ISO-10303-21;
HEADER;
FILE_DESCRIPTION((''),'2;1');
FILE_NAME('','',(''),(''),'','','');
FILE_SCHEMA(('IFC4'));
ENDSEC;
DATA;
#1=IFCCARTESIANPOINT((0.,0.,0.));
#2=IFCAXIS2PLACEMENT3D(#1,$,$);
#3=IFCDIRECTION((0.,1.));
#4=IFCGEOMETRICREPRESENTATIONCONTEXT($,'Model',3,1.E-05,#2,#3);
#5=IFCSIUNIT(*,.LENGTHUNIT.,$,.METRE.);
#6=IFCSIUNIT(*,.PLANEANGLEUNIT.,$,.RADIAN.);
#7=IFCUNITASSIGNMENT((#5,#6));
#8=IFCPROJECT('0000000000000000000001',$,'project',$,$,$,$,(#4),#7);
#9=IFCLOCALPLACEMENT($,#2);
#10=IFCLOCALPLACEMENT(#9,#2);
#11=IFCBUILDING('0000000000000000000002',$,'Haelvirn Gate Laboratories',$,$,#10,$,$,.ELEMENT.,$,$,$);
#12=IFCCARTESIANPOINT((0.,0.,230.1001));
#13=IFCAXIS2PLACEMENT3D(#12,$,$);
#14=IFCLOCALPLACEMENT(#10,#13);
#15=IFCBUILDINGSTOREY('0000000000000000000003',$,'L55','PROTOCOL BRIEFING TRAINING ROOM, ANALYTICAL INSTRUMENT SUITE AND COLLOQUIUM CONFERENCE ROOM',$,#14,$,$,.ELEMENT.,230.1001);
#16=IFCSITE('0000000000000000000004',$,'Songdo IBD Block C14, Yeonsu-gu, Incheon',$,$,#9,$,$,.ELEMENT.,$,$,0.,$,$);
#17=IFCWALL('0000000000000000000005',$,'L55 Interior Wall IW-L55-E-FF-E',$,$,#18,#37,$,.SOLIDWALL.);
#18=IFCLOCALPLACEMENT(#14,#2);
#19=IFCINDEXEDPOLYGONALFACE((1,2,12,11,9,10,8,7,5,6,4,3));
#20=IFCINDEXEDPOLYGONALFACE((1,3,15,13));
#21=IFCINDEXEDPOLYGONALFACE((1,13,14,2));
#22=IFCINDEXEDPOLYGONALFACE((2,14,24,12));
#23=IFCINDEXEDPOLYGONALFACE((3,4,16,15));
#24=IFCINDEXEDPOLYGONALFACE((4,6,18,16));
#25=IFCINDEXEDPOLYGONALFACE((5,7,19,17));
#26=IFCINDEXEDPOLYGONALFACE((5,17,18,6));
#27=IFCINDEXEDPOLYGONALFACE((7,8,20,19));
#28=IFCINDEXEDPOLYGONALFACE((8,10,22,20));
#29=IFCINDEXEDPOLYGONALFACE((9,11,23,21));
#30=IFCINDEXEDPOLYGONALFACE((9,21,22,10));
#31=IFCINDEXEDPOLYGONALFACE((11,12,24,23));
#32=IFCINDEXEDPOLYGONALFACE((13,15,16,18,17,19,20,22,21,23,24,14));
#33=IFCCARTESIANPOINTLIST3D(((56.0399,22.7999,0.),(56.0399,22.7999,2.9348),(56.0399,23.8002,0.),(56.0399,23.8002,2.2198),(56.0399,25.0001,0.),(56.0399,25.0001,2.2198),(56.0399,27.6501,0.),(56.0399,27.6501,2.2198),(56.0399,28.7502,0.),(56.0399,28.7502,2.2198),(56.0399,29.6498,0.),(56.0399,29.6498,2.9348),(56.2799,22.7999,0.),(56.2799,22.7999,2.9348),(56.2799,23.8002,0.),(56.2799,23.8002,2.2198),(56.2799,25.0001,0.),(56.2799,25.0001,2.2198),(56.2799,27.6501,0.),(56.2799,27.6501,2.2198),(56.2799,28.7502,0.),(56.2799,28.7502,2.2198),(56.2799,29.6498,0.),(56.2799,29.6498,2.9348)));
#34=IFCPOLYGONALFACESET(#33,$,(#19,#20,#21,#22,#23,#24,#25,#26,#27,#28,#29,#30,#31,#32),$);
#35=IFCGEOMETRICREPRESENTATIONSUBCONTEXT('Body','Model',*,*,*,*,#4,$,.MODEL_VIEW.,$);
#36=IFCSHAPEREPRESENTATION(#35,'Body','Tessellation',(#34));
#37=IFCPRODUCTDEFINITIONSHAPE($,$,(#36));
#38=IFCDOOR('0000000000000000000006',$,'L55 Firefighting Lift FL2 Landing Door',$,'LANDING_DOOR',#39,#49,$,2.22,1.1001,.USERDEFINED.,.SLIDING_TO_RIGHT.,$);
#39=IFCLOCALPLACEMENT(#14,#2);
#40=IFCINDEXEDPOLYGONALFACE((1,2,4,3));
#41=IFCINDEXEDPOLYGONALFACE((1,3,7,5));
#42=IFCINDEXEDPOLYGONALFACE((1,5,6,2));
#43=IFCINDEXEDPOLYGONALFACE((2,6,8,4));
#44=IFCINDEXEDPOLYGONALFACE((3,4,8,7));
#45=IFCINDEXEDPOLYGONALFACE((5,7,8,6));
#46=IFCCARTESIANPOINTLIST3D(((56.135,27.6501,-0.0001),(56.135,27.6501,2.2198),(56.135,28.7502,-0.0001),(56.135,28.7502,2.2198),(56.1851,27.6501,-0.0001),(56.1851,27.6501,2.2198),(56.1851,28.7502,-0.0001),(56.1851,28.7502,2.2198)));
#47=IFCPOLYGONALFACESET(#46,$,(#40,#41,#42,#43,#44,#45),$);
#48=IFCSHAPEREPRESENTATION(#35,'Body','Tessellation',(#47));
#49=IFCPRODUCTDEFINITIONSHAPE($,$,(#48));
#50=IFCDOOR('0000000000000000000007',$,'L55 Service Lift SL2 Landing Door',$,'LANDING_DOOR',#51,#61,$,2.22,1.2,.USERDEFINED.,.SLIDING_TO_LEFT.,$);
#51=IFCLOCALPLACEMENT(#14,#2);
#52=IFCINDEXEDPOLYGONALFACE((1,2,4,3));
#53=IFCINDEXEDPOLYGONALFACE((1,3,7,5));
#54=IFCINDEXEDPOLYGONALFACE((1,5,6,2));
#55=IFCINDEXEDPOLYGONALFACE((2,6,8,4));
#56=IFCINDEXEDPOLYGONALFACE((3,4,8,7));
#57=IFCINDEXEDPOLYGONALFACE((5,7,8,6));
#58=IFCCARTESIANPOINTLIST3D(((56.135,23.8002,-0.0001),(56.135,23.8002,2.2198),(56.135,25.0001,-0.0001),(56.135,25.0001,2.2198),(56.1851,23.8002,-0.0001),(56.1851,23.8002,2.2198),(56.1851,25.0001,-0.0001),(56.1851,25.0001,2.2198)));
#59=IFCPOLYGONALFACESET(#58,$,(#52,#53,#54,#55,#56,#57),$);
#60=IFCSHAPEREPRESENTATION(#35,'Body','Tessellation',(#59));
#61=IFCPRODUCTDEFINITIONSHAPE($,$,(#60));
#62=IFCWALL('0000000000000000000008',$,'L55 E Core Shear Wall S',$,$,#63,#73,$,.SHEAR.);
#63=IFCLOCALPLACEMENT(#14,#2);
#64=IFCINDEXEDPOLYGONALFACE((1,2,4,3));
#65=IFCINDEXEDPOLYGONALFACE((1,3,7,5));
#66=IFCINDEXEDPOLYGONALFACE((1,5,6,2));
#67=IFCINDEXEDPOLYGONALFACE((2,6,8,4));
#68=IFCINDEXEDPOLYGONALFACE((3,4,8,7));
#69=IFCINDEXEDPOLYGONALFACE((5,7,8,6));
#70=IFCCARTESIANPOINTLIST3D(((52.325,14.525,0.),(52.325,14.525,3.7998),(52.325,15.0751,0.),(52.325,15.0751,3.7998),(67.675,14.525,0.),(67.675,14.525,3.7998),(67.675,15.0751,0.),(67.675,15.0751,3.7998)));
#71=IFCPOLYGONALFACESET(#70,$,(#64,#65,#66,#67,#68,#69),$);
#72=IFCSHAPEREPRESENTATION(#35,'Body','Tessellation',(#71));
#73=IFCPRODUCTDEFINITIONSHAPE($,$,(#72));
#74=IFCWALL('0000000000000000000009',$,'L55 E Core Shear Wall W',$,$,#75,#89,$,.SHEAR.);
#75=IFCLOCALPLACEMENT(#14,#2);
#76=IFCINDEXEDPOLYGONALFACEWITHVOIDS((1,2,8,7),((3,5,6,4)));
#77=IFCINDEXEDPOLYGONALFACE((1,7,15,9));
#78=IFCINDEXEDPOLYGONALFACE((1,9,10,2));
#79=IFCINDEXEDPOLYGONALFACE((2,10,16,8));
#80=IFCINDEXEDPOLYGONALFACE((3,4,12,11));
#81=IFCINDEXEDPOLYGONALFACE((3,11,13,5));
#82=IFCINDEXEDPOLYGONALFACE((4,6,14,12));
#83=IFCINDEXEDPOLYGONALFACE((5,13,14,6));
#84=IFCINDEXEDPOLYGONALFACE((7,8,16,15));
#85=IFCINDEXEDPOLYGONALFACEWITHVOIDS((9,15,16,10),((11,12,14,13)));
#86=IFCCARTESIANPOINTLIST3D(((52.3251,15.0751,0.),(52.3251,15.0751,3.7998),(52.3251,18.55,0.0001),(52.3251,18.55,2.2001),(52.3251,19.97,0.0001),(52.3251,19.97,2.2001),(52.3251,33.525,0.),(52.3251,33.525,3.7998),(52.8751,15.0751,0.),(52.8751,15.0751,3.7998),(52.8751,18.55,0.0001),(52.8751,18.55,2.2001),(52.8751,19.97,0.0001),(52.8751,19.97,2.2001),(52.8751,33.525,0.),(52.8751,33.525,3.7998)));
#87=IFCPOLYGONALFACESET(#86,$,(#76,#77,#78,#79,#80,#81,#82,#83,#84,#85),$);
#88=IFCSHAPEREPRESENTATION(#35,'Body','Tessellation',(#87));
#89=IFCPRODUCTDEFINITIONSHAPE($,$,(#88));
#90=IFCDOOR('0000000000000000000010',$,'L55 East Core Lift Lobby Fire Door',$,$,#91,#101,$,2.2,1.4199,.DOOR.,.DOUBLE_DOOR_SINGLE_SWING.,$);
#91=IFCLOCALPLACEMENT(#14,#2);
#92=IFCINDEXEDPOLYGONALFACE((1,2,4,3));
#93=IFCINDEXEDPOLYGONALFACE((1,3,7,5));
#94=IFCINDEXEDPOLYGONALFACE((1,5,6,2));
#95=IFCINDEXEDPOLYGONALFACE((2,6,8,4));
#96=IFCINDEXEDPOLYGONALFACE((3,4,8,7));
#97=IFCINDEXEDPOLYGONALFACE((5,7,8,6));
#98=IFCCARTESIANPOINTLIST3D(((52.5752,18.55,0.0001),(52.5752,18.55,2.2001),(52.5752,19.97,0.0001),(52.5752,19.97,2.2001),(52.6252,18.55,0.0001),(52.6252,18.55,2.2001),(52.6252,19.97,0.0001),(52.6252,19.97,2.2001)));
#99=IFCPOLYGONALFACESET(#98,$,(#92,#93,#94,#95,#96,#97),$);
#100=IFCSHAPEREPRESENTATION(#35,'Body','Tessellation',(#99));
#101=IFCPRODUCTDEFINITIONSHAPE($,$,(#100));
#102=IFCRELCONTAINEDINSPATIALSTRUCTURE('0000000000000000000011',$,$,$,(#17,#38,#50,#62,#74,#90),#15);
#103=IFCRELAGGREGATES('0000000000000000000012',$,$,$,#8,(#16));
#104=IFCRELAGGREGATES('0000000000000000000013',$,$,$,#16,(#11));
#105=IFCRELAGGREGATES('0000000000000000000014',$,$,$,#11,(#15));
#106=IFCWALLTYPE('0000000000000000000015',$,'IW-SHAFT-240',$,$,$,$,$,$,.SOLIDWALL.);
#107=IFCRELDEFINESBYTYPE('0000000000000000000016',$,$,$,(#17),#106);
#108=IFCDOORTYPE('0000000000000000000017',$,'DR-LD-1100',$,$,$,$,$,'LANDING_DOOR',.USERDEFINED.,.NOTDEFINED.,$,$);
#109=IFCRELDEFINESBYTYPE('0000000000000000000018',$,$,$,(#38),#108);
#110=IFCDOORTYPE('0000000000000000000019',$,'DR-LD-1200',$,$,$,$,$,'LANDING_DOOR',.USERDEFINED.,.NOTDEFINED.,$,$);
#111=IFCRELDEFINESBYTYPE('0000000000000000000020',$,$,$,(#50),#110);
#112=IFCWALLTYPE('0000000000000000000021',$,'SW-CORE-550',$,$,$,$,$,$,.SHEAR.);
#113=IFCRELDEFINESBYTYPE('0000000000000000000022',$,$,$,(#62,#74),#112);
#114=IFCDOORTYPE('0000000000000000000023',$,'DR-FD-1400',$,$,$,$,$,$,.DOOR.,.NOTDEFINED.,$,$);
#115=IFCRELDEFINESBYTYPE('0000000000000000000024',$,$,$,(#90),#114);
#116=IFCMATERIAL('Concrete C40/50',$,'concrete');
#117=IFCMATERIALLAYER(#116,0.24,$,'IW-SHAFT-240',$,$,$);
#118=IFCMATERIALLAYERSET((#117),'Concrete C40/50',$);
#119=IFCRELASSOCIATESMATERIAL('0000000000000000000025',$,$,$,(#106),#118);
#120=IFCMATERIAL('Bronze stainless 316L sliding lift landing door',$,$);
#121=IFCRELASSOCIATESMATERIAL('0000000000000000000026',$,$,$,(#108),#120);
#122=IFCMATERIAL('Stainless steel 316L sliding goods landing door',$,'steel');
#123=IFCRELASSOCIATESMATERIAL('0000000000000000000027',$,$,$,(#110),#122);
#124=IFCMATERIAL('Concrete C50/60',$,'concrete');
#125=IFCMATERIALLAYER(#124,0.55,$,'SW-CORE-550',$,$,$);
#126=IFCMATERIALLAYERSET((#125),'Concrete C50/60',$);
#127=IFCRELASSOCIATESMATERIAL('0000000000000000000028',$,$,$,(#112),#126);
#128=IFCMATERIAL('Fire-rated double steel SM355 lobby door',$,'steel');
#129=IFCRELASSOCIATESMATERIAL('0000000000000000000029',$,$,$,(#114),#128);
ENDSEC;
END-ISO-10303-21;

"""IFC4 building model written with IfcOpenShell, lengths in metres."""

from ifc_helpers import new_model, si_unit, direction, frame, frame_2d, origin, place, context, subcontext, project, spatial, rectangle, extrude, source, transform, mapped, material, layer, layer_set, type_object, type_shapes, element, fill, save


model = new_model("IFC4")

# Units and contexts
model_context = context("Model", 3, precision=1e-05, world=origin(), true_north=direction((0.0, 1.0)))
body_context = subcontext(model_context, "Body", "Model", "MODEL_VIEW")
ifc_project = project(units=[si_unit("LENGTHUNIT", "METRE"), si_unit("PLANEANGLEUNIT", "RADIAN")], contexts=[model_context])

# Site, building, storey
site_placement = place(None, origin())
site = spatial("IfcSite", under=ifc_project, at=site_placement, Name="Songdo IBD Block C14, Yeonsu-gu, Incheon", CompositionType="ELEMENT", RefElevation=0.0)
building_placement = place(site_placement, origin())
building = spatial("IfcBuilding", under=site, at=building_placement, Name="Haelvirn Gate Laboratories", CompositionType="ELEMENT")
storey_placement = place(building_placement, frame((0.0, 0.0, 230.1001)))
storey = spatial("IfcBuildingStorey", under=building, at=storey_placement, Name="L55", Description="PROTOCOL BRIEFING TRAINING ROOM, ANALYTICAL INSTRUMENT SUITE AND COLLOQUIUM CONFERENCE ROOM", CompositionType="ELEMENT", Elevation=230.1001)

# Shared definitions
ifc_material_1 = material(Name="Concrete C50/60", Category="concrete")

# Shared definitions
ifc_material_2 = material(Name="Concrete C40/50", Category="concrete")

# Wall, openings, doors
ifc_layer_1 = layer(ifc_material_2, 0.24, Name="IW-SHAFT-240")
ifc_layer_set_1 = layer_set([ifc_layer_1], Name="Concrete C40/50")
wall_type_1 = type_object("IfcWallType", Name="IW-SHAFT-240", PredefinedType="SOLIDWALL", material=ifc_layer_set_1)
wall_1_placement = place(storey_placement, frame((56.1599, 22.8, 0.0), z_axis=(0.0, 0.0, 1.0), x_axis=(0.0, 1.0, 0.0)))
wall_1 = element("IfcWall", 1, at=wall_1_placement, inside=storey, type_object=wall_type_1, Name="L55 Interior Wall IW-L55-E-FF-E", PredefinedType="SOLIDWALL", context=body_context, shape_type="SweptSolid", body=[
    extrude(rectangle(XDim=6.8499, YDim=0.24, at=frame_2d((3.4248, 0.0))), origin(), (0.0, 0.0, 1.0), 2.9348),
])
opening_1_placement = place(wall_1_placement, frame((4.8501, 0.0, 0.0)))
opening_1 = element("IfcOpeningElement", 2, at=opening_1_placement, cuts=wall_1, PredefinedType="OPENING", context=body_context, shape_type="SweptSolid", body=[
    extrude(rectangle(XDim=1.1001, YDim=2.22, at=frame_2d((0.55, 1.1099))), frame((0.0, 0.1299, 0.0), z_axis=(0.0, -1.0, 0.0), x_axis=(1.0, 0.0, 0.0)), (0.0, 0.0, 1.0), 0.26),
])
opening_2_placement = place(wall_1_placement, frame((1.0, 0.0, 0.0)))
opening_2 = element("IfcOpeningElement", 3, at=opening_2_placement, cuts=wall_1, PredefinedType="OPENING", context=body_context, shape_type="SweptSolid", body=[
    extrude(rectangle(XDim=1.2, YDim=2.22, at=frame_2d((0.6001, 1.1099))), frame((0.0, 0.1299, 0.0), z_axis=(0.0, -1.0, 0.0), x_axis=(1.0, 0.0, 0.0)), (0.0, 0.0, 1.0), 0.26),
])
ifc_material_3 = material(Name="Bronze stainless 316L sliding lift landing door")
door_type_1 = type_object("IfcDoorType", Name="DR-LD-1100", ElementType="LANDING_DOOR", OperationType="NOTDEFINED", PredefinedType="USERDEFINED", material=ifc_material_3)
shared_shape_1 = source(origin(), body_context, "Body", "SweptSolid", [
    extrude(rectangle(XDim=1.1001, YDim=2.22, at=frame_2d((0.55, 1.1099))), frame((0.0, 0.0249, 0.0), z_axis=(0.0, -1.0, 0.0), x_axis=(1.0, 0.0, 0.0)), (0.0, 0.0, 1.0), 0.05),
])
type_shapes(door_type_1, [shared_shape_1])
door_1_placement = place(opening_1_placement, origin())
door_1 = element("IfcDoor", 4, at=door_1_placement, inside=storey, type_object=door_type_1, Name="L55 Firefighting Lift FL2 Landing Door", ObjectType="LANDING_DOOR", OperationType="SLIDING_TO_RIGHT", OverallHeight=2.22, OverallWidth=1.1001, PredefinedType="USERDEFINED", context=body_context, shape_type="MappedRepresentation", body=[
    mapped(shared_shape_1, transform((0.0, 0.0, 0.0), scale=1.0)),
])
fill(opening_1, door_1)
ifc_material_4 = material(Name="Stainless steel 316L sliding goods landing door", Category="steel")
door_type_2 = type_object("IfcDoorType", Name="DR-LD-1200", ElementType="LANDING_DOOR", OperationType="NOTDEFINED", PredefinedType="USERDEFINED", material=ifc_material_4)
shared_shape_2 = source(origin(), body_context, "Body", "SweptSolid", [
    extrude(rectangle(XDim=1.2, YDim=2.22, at=frame_2d((0.6001, 1.1099))), frame((0.0, 0.0249, 0.0), z_axis=(0.0, -1.0, 0.0), x_axis=(1.0, 0.0, 0.0)), (0.0, 0.0, 1.0), 0.05),
])
type_shapes(door_type_2, [shared_shape_2])
door_2_placement = place(opening_2_placement, origin())
door_2 = element("IfcDoor", 5, at=door_2_placement, inside=storey, type_object=door_type_2, Name="L55 Service Lift SL2 Landing Door", ObjectType="LANDING_DOOR", OperationType="SLIDING_TO_LEFT", OverallHeight=2.22, OverallWidth=1.2, PredefinedType="USERDEFINED", context=body_context, shape_type="MappedRepresentation", body=[
    mapped(shared_shape_2, transform((0.0, 0.0, 0.0), scale=1.0)),
])
fill(opening_2, door_2)

# Wall
ifc_layer_2 = layer(ifc_material_1, 0.55, Name="SW-CORE-550")
ifc_layer_set_2 = layer_set([ifc_layer_2], Name="Concrete C50/60")
wall_type_2 = type_object("IfcWallType", Name="SW-CORE-550", PredefinedType="SHEAR", material=ifc_layer_set_2)
wall_2_placement = place(storey_placement, frame((52.325, 14.8, 0.0), z_axis=(0.0, 0.0, 1.0), x_axis=(1.0, 0.0, 0.0)))
element("IfcWall", 6, at=wall_2_placement, inside=storey, type_object=wall_type_2, Name="L55 E Core Shear Wall S", PredefinedType="SHEAR", context=body_context, shape_type="SweptSolid", body=[
    extrude(rectangle(XDim=15.3501, YDim=0.55, at=frame_2d((7.675, 0.0))), origin(), (0.0, 0.0, 1.0), 3.7998),
])

# Wall, opening, door
wall_3_placement = place(storey_placement, frame((52.6001, 15.075, 0.0), z_axis=(0.0, 0.0, 1.0), x_axis=(0.0, 1.0, 0.0)))
wall_3 = element("IfcWall", 7, at=wall_3_placement, inside=storey, type_object=wall_type_2, Name="L55 E Core Shear Wall W", PredefinedType="SHEAR", context=body_context, shape_type="SweptSolid", body=[
    extrude(rectangle(XDim=18.45, YDim=0.55, at=frame_2d((9.2251, 0.0))), origin(), (0.0, 0.0, 1.0), 3.7998),
])
opening_3_placement = place(wall_3_placement, frame((3.4751, 0.0, 0.0)))
opening_3 = element("IfcOpeningElement", 8, at=opening_3_placement, cuts=wall_3, PredefinedType="OPENING", context=body_context, shape_type="SweptSolid", body=[
    extrude(rectangle(XDim=1.4199, YDim=2.2, at=frame_2d((0.71, 1.1001))), frame((0.0, 0.2852, 0.0), z_axis=(0.0, -1.0, 0.0), x_axis=(1.0, 0.0, 0.0)), (0.0, 0.0, 1.0), 0.5701),
])
ifc_material_5 = material(Name="Fire-rated double steel SM355 lobby door", Category="steel")
door_type_3 = type_object("IfcDoorType", Name="DR-FD-1400", OperationType="NOTDEFINED", PredefinedType="DOOR", material=ifc_material_5)
shared_shape_3 = source(origin(), body_context, "Body", "SweptSolid", [
    extrude(rectangle(XDim=1.4199, YDim=2.2, at=frame_2d((0.71, 1.1001))), frame((0.0, 0.0249, 0.0), z_axis=(0.0, -1.0, 0.0), x_axis=(1.0, 0.0, 0.0)), (0.0, 0.0, 1.0), 0.05),
])
type_shapes(door_type_3, [shared_shape_3])
door_3_placement = place(opening_3_placement, origin())
door_3 = element("IfcDoor", 9, at=door_3_placement, inside=storey, type_object=door_type_3, Name="L55 East Core Lift Lobby Fire Door", OperationType="DOUBLE_DOOR_SINGLE_SWING", OverallHeight=2.2, OverallWidth=1.4199, PredefinedType="DOOR", context=body_context, shape_type="MappedRepresentation", body=[
    mapped(shared_shape_3, transform((0.0, 0.0, 0.0), scale=1.0)),
])
fill(opening_3, door_3)

save(model, "model.ifc")
